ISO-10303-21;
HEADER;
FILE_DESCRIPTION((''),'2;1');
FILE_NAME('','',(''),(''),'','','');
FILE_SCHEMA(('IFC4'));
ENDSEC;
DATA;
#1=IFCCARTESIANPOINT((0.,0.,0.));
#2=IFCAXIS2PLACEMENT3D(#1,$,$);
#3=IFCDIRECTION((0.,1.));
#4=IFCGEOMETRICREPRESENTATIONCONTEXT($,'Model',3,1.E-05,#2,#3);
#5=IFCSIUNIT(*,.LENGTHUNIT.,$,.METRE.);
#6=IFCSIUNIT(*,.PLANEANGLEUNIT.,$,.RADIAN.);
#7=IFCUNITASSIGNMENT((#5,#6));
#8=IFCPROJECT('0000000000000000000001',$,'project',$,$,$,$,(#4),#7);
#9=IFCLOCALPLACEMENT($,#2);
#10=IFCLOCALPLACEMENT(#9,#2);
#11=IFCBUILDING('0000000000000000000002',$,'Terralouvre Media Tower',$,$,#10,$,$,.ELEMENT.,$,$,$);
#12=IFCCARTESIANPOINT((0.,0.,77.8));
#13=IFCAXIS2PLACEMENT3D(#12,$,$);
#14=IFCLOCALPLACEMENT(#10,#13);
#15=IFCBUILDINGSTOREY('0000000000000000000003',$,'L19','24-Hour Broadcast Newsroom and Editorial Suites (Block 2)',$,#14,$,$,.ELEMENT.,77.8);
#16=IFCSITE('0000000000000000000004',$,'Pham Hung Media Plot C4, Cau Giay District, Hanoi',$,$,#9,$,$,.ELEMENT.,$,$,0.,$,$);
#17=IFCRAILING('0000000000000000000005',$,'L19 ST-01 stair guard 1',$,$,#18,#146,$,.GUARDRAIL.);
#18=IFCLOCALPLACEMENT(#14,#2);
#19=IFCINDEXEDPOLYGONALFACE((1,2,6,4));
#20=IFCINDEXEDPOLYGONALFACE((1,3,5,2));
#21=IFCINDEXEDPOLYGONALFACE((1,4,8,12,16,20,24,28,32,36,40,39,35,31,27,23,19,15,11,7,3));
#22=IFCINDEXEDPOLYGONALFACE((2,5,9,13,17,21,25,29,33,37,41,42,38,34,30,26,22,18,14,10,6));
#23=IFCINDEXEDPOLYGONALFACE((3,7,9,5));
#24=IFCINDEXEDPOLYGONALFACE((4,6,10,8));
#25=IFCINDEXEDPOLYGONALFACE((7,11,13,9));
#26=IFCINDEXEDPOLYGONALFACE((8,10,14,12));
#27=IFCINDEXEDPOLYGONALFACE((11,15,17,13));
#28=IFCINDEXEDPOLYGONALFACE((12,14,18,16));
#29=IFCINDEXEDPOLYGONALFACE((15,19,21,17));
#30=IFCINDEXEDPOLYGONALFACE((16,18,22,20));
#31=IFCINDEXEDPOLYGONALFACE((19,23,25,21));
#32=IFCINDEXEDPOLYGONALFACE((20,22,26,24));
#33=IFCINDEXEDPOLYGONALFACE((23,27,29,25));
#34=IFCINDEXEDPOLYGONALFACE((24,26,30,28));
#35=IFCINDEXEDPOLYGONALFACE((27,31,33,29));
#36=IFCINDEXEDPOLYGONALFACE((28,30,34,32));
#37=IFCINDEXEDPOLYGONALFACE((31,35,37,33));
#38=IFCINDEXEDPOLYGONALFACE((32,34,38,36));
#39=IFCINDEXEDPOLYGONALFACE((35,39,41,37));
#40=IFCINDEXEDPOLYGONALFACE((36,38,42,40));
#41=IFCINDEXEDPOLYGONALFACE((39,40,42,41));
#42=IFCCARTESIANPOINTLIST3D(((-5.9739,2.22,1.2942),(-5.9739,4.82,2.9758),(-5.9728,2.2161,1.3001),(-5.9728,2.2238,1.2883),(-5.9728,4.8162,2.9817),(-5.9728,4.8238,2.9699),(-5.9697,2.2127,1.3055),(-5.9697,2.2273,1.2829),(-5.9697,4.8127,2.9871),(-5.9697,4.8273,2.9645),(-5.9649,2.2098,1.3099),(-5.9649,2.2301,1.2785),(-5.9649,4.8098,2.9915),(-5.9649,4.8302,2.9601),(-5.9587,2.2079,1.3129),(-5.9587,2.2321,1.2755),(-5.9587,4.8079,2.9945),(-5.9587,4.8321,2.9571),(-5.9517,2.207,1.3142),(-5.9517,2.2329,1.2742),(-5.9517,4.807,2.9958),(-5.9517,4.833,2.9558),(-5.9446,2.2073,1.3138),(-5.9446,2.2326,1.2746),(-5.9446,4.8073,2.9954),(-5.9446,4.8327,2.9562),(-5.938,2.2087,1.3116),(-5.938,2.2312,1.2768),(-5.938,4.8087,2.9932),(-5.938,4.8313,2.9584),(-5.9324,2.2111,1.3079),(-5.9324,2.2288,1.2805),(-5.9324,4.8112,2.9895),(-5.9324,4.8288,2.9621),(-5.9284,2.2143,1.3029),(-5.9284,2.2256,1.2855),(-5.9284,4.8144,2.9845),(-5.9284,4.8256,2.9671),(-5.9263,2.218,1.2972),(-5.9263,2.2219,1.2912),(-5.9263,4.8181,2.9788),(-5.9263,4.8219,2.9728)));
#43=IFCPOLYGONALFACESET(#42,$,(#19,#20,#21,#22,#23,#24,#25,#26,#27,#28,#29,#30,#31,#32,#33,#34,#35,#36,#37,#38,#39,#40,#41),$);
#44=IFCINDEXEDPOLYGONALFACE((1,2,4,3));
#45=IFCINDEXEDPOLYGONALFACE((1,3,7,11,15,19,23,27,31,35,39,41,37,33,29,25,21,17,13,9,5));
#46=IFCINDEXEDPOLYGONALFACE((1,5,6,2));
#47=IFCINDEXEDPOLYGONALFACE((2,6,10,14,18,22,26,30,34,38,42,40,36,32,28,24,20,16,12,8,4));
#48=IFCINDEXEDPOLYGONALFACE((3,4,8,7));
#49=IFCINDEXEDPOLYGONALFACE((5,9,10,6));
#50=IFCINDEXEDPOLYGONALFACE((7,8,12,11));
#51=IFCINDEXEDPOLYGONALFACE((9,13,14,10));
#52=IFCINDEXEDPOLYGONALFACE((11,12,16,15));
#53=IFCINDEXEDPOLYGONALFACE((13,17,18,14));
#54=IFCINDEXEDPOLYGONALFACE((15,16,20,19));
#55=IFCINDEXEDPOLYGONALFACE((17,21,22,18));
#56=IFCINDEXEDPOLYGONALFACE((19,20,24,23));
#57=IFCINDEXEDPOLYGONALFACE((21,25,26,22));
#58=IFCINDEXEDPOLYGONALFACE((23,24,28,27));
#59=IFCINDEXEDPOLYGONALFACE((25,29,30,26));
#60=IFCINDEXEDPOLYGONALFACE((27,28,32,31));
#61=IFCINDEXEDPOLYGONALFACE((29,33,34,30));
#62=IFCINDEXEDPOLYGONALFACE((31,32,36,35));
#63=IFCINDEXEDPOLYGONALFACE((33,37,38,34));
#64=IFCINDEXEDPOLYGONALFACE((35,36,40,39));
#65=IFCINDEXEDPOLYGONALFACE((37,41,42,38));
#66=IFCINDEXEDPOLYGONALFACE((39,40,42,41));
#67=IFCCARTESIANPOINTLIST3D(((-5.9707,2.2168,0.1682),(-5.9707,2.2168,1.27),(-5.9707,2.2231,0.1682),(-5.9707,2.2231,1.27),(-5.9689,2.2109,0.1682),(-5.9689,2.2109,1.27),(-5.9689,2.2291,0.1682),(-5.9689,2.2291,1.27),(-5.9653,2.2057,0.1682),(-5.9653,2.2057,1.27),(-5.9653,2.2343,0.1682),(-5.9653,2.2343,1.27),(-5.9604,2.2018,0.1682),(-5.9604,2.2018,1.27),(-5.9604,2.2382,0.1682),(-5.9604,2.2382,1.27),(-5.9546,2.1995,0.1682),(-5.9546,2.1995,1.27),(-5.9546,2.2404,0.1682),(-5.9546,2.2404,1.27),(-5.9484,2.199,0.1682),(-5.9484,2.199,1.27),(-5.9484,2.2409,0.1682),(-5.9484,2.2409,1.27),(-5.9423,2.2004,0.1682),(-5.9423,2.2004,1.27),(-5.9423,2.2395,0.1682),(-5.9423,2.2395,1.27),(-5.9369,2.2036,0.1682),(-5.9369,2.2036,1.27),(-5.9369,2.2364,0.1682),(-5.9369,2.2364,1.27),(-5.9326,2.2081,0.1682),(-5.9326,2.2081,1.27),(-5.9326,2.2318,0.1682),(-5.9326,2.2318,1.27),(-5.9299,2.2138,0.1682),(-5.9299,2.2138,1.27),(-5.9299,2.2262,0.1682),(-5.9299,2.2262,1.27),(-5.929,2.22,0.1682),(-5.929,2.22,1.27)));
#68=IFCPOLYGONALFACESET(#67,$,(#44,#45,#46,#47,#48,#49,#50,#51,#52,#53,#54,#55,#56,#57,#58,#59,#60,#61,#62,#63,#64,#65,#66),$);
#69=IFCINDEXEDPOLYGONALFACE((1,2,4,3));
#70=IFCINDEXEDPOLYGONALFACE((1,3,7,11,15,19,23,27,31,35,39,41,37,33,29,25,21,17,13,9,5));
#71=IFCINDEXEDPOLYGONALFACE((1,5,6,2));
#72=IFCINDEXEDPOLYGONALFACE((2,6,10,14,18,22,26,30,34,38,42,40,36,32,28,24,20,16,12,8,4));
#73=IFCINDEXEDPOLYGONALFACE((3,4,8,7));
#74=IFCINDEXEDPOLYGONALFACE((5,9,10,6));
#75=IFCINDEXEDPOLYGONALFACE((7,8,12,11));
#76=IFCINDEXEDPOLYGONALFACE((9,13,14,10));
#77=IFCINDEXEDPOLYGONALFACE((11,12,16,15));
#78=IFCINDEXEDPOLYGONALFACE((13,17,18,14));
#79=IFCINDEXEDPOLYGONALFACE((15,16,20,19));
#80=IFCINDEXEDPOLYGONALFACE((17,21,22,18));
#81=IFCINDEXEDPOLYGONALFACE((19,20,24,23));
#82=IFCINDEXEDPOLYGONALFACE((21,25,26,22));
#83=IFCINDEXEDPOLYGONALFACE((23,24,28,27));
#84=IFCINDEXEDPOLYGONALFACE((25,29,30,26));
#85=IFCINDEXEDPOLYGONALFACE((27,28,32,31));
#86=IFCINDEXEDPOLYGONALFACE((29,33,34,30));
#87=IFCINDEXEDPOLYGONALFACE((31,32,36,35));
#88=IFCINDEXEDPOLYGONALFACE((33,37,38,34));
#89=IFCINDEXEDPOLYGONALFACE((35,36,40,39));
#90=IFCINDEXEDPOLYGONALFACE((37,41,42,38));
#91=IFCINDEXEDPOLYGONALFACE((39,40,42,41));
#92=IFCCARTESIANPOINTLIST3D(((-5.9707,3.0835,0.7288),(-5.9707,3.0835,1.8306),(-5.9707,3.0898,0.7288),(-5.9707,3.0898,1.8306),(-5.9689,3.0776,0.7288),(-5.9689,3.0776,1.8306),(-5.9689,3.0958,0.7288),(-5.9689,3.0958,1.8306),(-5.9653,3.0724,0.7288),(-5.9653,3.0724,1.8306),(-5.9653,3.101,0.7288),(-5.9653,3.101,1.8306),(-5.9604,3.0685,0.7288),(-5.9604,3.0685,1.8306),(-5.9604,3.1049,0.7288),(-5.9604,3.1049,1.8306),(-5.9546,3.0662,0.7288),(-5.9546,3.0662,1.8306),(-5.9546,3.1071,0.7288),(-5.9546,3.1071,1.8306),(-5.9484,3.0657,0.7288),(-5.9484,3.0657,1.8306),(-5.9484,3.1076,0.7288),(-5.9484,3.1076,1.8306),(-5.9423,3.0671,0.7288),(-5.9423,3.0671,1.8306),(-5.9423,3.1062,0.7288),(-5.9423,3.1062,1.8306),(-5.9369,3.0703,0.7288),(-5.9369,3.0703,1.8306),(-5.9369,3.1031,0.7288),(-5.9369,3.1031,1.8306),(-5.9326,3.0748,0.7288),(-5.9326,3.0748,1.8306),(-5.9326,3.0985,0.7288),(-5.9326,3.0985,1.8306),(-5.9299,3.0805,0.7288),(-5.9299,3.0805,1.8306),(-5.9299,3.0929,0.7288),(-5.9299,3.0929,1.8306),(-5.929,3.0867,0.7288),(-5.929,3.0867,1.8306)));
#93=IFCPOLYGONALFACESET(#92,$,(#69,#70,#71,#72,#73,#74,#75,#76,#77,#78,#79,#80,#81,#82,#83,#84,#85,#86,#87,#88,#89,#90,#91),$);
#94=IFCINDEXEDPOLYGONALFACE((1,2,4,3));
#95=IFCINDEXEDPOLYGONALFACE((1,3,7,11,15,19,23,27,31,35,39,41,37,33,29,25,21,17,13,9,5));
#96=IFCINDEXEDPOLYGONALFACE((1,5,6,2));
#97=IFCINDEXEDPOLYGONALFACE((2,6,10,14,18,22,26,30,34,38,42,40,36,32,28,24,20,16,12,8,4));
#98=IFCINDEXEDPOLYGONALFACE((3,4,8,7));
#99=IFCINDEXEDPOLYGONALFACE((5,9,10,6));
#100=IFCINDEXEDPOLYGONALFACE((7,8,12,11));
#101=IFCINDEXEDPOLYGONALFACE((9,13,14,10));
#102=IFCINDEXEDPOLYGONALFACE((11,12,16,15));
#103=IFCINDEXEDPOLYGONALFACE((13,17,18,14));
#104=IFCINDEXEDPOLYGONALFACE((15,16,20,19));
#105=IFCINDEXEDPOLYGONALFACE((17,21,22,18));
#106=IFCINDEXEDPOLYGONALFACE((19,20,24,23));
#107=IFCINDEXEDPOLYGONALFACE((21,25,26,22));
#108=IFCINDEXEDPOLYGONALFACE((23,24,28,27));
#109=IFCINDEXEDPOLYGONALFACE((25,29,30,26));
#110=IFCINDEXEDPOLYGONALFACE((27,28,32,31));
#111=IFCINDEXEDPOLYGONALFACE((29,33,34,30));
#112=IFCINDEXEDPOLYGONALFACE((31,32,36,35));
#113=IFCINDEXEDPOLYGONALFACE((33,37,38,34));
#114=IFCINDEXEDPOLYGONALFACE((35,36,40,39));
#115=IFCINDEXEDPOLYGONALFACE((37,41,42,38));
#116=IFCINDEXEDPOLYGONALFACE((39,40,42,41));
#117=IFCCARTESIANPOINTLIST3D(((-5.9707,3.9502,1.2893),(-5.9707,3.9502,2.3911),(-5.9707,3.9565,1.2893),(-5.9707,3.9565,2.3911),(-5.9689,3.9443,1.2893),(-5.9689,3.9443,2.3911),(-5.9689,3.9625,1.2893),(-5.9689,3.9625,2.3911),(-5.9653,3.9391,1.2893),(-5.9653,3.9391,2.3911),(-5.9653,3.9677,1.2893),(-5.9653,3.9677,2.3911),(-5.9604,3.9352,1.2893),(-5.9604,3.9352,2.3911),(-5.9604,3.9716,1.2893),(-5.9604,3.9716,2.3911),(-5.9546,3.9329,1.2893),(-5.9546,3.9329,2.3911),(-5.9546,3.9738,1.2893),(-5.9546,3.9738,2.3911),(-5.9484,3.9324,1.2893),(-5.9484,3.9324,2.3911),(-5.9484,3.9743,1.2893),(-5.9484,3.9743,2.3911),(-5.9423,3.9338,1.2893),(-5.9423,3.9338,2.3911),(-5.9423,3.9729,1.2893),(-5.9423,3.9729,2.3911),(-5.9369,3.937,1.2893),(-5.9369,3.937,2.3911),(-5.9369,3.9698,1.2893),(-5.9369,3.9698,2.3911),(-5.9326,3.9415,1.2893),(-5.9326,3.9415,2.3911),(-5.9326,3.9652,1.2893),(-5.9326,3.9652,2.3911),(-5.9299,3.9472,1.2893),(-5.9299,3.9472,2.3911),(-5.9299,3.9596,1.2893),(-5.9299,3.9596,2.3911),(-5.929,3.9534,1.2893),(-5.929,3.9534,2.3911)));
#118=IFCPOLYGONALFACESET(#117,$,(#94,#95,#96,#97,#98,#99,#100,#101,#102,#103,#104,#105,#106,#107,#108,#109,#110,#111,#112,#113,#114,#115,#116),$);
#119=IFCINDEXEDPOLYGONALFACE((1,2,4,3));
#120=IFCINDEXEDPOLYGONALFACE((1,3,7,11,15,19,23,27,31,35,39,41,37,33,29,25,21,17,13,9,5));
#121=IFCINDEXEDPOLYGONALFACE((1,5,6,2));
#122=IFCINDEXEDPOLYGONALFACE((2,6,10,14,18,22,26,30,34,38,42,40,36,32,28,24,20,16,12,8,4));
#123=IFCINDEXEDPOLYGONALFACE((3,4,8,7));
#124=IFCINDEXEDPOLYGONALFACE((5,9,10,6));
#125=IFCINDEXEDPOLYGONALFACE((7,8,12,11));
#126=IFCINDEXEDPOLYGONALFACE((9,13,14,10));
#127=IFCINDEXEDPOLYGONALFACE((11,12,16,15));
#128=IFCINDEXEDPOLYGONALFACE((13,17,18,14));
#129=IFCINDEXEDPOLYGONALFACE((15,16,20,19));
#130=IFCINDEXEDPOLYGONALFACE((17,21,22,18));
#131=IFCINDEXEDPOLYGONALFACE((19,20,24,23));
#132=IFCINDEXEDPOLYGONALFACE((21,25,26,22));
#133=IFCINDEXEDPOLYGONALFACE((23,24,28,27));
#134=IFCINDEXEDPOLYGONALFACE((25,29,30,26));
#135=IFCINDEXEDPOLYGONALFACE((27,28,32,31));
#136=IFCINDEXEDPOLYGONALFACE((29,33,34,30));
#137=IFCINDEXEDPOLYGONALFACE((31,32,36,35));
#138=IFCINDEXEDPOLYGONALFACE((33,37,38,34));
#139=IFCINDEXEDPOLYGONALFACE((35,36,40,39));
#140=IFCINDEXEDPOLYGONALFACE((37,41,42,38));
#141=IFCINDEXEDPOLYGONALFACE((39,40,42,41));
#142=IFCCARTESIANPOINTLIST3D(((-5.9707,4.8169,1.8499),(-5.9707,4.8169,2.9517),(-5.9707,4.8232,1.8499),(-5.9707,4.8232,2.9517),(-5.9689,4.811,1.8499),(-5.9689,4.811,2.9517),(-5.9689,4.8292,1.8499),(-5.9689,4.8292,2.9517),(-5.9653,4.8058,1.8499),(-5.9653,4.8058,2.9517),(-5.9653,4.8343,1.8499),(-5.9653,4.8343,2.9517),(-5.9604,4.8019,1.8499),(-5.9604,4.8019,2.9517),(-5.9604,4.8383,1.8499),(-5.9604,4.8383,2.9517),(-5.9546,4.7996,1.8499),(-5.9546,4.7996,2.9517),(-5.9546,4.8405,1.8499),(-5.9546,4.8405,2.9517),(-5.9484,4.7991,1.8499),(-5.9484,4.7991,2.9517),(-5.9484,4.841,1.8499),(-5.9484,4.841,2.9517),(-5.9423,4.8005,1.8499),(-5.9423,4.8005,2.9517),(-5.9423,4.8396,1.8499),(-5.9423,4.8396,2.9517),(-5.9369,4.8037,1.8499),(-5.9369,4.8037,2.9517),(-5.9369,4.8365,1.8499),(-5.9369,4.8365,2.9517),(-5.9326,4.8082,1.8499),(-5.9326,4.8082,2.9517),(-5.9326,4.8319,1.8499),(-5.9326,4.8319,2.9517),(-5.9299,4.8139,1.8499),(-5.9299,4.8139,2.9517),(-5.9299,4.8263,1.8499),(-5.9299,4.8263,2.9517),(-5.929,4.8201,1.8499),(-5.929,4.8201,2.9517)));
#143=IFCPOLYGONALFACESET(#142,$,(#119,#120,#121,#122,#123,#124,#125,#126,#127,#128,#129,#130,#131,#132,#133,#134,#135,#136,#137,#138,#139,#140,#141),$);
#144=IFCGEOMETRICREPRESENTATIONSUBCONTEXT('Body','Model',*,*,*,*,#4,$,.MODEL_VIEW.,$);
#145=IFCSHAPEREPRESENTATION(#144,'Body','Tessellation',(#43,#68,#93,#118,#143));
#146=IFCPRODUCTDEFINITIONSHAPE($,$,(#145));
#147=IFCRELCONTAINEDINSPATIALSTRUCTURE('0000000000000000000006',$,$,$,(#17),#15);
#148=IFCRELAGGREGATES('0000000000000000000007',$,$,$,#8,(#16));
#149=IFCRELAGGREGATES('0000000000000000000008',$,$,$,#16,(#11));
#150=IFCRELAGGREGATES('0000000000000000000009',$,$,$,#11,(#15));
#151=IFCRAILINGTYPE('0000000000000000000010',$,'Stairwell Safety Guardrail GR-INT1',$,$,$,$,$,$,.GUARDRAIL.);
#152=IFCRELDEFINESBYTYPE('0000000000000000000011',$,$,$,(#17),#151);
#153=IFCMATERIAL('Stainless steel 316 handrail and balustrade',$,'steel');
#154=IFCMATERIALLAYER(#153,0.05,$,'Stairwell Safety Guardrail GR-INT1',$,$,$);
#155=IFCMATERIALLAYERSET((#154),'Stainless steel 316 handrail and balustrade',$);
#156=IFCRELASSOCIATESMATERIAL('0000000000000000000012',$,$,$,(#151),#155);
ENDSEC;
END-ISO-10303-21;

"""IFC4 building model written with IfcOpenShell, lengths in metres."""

from ifc_helpers import new_model, si_unit, direction, frame, origin, origin_2d, place, context, subcontext, project, spatial, circle, extrude, material, layer, layer_set, type_object, element, save


model = new_model("IFC4")

# Units and contexts
model_context = context("Model", 3, precision=1e-05, world=origin(), true_north=direction((0.0, 1.0)))
body_context = subcontext(model_context, "Body", "Model", "MODEL_VIEW")
ifc_project = project(units=[si_unit("LENGTHUNIT", "METRE"), si_unit("PLANEANGLEUNIT", "RADIAN")], contexts=[model_context])

# Site, building, storey
site_placement = place(None, origin())
site = spatial("IfcSite", under=ifc_project, at=site_placement, Name="Pham Hung Media Plot C4, Cau Giay District, Hanoi", CompositionType="ELEMENT", RefElevation=0.0)
building_placement = place(site_placement, origin())
building = spatial("IfcBuilding", under=site, at=building_placement, Name="Terralouvre Media Tower", CompositionType="ELEMENT")
storey_placement = place(building_placement, frame((0.0, 0.0, 77.8)))
storey = spatial("IfcBuildingStorey", under=building, at=storey_placement, Name="L19", Description="24-Hour Broadcast Newsroom and Editorial Suites (Block 2)", CompositionType="ELEMENT", Elevation=77.8)

# Railing
ifc_material_1 = material(Name="Stainless steel 316 handrail and balustrade", Category="steel")
ifc_layer_1 = layer(ifc_material_1, 0.05, Name="Stairwell Safety Guardrail GR-INT1")
ifc_layer_set_1 = layer_set([ifc_layer_1], Name="Stainless steel 316 handrail and balustrade")
railing_type_1 = type_object("IfcRailingType", Name="Stairwell Safety Guardrail GR-INT1", PredefinedType="GUARDRAIL", material=ifc_layer_set_1)
railing_1_placement = place(storey_placement, frame((-5.95, 2.22, 0.1682)))
element("IfcRailing", 1, at=railing_1_placement, inside=storey, type_object=railing_type_1, Name="L19 ST-01 stair guard 1", PredefinedType="GUARDRAIL", context=body_context, shape_type="SweptSolid", body=[
    extrude(circle(Radius=0.0239, at=origin_2d()), frame((0.0, 0.0, 1.126), z_axis=(0.0, 0.839684, 0.543075), x_axis=(-1.0, 0.0, 0.0)), (0.0, 0.0, 1.0), 3.0964),
    extrude(circle(Radius=0.021, at=origin_2d()), origin(), (0.0, 0.0, 1.0), 1.1018),
    extrude(circle(Radius=0.021, at=origin_2d()), frame((0.0, 0.8667, 0.5605)), (0.0, 0.0, 1.0), 1.1018),
    extrude(circle(Radius=0.021, at=origin_2d()), frame((0.0, 1.7334, 1.1211)), (0.0, 0.0, 1.0), 1.1018),
    extrude(circle(Radius=0.021, at=origin_2d()), frame((0.0, 2.6001, 1.6816)), (0.0, 0.0, 1.0), 1.1018),
])

save(model, "model.ifc")
